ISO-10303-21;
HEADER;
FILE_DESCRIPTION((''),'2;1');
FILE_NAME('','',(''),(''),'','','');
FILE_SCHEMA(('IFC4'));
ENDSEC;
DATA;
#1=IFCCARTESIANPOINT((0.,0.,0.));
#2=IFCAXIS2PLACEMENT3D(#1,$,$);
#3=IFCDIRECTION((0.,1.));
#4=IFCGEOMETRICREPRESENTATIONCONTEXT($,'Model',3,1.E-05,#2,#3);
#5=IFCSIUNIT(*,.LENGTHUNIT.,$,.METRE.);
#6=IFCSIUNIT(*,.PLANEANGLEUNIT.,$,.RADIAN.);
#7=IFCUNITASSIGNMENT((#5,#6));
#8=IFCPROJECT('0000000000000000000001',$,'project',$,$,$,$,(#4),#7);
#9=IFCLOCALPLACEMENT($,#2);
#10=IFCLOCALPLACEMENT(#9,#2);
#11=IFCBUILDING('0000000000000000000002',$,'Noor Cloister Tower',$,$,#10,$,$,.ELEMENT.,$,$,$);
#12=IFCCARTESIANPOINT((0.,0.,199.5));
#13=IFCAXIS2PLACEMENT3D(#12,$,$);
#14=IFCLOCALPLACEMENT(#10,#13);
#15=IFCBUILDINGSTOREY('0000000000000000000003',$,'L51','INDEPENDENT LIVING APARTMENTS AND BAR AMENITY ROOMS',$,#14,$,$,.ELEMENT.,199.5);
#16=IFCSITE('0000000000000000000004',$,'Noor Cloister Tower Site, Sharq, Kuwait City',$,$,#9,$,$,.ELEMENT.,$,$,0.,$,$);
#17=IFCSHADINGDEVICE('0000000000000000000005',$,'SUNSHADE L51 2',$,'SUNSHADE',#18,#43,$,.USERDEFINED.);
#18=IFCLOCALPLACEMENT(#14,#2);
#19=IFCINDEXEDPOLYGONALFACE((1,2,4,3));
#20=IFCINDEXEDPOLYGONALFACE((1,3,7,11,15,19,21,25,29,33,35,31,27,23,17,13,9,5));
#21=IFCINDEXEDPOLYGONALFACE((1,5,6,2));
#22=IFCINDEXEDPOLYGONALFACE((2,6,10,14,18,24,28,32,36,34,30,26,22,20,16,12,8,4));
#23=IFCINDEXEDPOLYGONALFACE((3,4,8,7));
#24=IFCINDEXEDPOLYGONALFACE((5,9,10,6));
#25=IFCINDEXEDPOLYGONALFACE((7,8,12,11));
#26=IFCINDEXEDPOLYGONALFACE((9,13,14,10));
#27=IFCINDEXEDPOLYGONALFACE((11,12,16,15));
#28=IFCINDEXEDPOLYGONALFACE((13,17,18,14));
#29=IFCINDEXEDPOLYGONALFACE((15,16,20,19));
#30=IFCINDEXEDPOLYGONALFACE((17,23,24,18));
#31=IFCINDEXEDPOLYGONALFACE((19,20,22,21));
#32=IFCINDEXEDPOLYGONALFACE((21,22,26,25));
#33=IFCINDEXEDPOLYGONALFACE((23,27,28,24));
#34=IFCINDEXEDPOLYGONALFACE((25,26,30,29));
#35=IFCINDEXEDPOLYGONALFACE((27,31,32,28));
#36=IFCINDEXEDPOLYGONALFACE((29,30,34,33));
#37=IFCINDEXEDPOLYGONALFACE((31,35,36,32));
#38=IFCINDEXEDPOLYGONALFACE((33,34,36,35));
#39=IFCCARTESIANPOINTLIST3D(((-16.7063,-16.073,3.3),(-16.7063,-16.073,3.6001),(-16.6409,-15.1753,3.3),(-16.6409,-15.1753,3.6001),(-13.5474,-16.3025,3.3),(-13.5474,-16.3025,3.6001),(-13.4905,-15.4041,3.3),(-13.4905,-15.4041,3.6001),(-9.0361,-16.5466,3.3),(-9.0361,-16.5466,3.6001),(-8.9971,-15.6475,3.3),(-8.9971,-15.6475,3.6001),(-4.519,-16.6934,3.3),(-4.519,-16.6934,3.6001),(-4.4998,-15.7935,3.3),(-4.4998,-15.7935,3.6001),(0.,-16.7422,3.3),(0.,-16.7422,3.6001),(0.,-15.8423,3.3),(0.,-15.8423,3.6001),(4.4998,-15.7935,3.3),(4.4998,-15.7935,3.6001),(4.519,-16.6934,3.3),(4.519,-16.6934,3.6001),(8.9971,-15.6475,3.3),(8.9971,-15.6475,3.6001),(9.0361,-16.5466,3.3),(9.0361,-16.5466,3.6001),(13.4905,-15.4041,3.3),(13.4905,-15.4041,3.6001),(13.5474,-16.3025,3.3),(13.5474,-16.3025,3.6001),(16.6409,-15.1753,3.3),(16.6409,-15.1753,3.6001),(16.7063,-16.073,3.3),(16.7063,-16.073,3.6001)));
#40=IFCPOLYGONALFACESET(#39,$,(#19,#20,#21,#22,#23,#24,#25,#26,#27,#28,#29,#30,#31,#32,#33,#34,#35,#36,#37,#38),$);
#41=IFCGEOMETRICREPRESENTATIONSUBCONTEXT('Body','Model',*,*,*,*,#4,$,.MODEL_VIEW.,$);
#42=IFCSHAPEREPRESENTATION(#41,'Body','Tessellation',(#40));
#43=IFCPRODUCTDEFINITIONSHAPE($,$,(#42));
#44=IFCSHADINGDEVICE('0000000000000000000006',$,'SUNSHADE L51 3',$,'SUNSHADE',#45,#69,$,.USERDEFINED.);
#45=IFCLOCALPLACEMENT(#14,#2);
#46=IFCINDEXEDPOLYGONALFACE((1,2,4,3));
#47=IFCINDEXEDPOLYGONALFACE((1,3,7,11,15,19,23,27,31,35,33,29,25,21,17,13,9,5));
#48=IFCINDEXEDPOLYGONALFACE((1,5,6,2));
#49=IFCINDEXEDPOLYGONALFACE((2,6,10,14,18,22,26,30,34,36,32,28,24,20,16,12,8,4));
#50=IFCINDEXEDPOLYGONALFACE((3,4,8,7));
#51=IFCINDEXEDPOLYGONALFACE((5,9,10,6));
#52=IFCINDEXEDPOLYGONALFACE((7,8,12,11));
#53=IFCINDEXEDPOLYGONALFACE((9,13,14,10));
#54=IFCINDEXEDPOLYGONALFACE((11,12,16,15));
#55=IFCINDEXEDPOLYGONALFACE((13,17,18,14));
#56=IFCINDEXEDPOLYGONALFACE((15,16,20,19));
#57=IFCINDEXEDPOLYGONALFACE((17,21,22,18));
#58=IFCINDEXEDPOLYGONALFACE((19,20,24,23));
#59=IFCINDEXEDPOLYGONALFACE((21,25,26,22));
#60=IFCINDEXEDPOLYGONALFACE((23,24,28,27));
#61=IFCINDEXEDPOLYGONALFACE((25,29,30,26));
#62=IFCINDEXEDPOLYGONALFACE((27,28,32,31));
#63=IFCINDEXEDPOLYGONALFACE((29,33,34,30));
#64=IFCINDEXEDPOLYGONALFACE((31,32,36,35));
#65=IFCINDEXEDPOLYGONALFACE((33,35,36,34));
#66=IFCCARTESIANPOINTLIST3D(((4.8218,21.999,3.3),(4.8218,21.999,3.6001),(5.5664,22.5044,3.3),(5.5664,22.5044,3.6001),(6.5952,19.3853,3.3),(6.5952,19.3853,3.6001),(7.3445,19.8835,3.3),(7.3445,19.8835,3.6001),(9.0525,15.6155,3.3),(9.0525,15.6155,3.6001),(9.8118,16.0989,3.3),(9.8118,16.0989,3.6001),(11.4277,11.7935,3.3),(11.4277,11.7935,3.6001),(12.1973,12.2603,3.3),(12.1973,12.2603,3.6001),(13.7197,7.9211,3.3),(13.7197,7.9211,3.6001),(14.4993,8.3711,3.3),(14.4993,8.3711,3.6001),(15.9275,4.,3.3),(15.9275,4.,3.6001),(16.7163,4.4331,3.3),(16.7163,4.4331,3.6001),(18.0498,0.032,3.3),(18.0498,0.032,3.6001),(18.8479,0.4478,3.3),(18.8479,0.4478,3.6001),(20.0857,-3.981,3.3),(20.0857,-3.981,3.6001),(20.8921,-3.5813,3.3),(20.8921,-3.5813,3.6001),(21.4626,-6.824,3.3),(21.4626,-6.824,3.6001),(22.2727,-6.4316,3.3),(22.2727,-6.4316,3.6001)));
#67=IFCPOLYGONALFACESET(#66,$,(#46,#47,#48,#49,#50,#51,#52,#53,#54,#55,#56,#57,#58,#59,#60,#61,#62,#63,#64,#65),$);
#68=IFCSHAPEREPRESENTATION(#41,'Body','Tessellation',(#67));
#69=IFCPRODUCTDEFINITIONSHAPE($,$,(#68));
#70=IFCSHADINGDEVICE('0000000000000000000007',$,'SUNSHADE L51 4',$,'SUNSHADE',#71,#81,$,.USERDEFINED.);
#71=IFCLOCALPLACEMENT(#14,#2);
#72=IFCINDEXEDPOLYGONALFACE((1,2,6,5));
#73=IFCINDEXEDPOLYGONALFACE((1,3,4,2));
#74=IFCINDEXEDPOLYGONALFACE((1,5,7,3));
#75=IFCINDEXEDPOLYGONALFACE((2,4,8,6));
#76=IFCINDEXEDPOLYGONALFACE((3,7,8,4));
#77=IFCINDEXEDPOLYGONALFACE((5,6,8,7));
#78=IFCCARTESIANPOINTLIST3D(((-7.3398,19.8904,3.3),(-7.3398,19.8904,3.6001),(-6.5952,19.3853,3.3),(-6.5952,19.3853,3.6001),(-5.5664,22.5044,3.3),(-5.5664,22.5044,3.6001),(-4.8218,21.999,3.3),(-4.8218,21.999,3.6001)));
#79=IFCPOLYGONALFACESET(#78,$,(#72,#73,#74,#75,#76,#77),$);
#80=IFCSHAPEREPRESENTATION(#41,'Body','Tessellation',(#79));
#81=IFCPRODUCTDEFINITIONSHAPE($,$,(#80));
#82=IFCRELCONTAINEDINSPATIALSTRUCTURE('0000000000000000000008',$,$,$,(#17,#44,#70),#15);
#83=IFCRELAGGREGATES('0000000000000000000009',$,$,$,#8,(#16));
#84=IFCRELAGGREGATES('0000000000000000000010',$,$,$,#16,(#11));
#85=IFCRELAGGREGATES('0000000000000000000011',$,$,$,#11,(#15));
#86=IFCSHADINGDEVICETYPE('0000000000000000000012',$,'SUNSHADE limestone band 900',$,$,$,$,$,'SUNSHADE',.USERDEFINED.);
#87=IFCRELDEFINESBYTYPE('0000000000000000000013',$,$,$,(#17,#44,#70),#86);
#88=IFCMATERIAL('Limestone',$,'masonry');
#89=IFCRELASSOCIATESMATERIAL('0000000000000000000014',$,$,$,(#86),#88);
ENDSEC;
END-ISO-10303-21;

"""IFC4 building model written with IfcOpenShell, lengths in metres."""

from ifc_helpers import new_model, si_unit, direction, frame, origin, place, context, subcontext, project, spatial, polyline, outline, extrude, material, type_object, element, save


model = new_model("IFC4")

# Units and contexts
model_context = context("Model", 3, precision=1e-05, world=origin(), true_north=direction((0.0, 1.0)))
body_context = subcontext(model_context, "Body", "Model", "MODEL_VIEW")
ifc_project = project(units=[si_unit("LENGTHUNIT", "METRE"), si_unit("PLANEANGLEUNIT", "RADIAN")], contexts=[model_context])

# Site, building, storey
site_placement = place(None, origin())
site = spatial("IfcSite", under=ifc_project, at=site_placement, Name="Noor Cloister Tower Site, Sharq, Kuwait City", CompositionType="ELEMENT", RefElevation=0.0)
building_placement = place(site_placement, origin())
building = spatial("IfcBuilding", under=site, at=building_placement, Name="Noor Cloister Tower", CompositionType="ELEMENT")
storey_placement = place(building_placement, frame((0.0, 0.0, 199.5)))
storey = spatial("IfcBuildingStorey", under=building, at=storey_placement, Name="L51", Description="INDEPENDENT LIVING APARTMENTS AND BAR AMENITY ROOMS", CompositionType="ELEMENT", Elevation=199.5)

# Shading devices
ifc_material_1 = material(Name="Limestone", Category="masonry")
shading_device_type_1 = type_object("IfcShadingDeviceType", Name="SUNSHADE limestone band 900", ElementType="SUNSHADE", PredefinedType="USERDEFINED", material=ifc_material_1)
shading_device_1_placement = place(storey_placement, frame((0.0, 0.0, 3.3)))
element("IfcShadingDevice", 1, at=shading_device_1_placement, inside=storey, type_object=shading_device_type_1, Name="SUNSHADE L51 2", ObjectType="SUNSHADE", PredefinedType="USERDEFINED", context=body_context, shape_type="SweptSolid", body=[
    extrude(outline(polyline([(-16.7063, -16.073), (-13.5474, -16.3025), (-9.0361, -16.5466), (-4.519, -16.6934), (0.0, -16.7422), (4.519, -16.6934), (9.0361, -16.5466), (13.5474, -16.3025), (16.7063, -16.073), (16.6409, -15.1753), (13.4905, -15.4041), (8.9971, -15.6475), (4.4998, -15.7935), (0.0, -15.8423), (-4.4998, -15.7935), (-8.9971, -15.6475), (-13.4905, -15.4041), (-16.6409, -15.1753), (-16.7063, -16.073)])), origin(), (0.0, 0.0, 1.0), 0.3),
])
shading_device_2_placement = place(storey_placement, frame((0.0, 0.0, 3.3)))
element("IfcShadingDevice", 2, at=shading_device_2_placement, inside=storey, type_object=shading_device_type_1, Name="SUNSHADE L51 3", ObjectType="SUNSHADE", PredefinedType="USERDEFINED", context=body_context, shape_type="SweptSolid", body=[
    extrude(outline(polyline([(22.2727, -6.4316), (20.8921, -3.5813), (18.8479, 0.4478), (16.7163, 4.4331), (14.4993, 8.3711), (12.1973, 12.2603), (9.8118, 16.0989), (7.3445, 19.8835), (5.5664, 22.5044), (4.8218, 21.999), (6.5952, 19.3853), (9.0525, 15.6155), (11.4277, 11.7935), (13.7197, 7.9211), (15.9275, 4.0), (18.0498, 0.032), (20.0857, -3.981), (21.4626, -6.824), (22.2727, -6.4316)])), origin(), (0.0, 0.0, 1.0), 0.3),
])
shading_device_3_placement = place(storey_placement, frame((0.0, 0.0, 3.3)))
element("IfcShadingDevice", 3, at=shading_device_3_placement, inside=storey, type_object=shading_device_type_1, Name="SUNSHADE L51 4", ObjectType="SUNSHADE", PredefinedType="USERDEFINED", context=body_context, shape_type="SweptSolid", body=[
    extrude(outline(polyline([(-5.5664, 22.5044), (-7.3398, 19.8904), (-6.5952, 19.3853), (-4.8218, 21.999), (-5.5664, 22.5044)])), origin(), (0.0, 0.0, 1.0), 0.3),
])

save(model, "model.ifc")
